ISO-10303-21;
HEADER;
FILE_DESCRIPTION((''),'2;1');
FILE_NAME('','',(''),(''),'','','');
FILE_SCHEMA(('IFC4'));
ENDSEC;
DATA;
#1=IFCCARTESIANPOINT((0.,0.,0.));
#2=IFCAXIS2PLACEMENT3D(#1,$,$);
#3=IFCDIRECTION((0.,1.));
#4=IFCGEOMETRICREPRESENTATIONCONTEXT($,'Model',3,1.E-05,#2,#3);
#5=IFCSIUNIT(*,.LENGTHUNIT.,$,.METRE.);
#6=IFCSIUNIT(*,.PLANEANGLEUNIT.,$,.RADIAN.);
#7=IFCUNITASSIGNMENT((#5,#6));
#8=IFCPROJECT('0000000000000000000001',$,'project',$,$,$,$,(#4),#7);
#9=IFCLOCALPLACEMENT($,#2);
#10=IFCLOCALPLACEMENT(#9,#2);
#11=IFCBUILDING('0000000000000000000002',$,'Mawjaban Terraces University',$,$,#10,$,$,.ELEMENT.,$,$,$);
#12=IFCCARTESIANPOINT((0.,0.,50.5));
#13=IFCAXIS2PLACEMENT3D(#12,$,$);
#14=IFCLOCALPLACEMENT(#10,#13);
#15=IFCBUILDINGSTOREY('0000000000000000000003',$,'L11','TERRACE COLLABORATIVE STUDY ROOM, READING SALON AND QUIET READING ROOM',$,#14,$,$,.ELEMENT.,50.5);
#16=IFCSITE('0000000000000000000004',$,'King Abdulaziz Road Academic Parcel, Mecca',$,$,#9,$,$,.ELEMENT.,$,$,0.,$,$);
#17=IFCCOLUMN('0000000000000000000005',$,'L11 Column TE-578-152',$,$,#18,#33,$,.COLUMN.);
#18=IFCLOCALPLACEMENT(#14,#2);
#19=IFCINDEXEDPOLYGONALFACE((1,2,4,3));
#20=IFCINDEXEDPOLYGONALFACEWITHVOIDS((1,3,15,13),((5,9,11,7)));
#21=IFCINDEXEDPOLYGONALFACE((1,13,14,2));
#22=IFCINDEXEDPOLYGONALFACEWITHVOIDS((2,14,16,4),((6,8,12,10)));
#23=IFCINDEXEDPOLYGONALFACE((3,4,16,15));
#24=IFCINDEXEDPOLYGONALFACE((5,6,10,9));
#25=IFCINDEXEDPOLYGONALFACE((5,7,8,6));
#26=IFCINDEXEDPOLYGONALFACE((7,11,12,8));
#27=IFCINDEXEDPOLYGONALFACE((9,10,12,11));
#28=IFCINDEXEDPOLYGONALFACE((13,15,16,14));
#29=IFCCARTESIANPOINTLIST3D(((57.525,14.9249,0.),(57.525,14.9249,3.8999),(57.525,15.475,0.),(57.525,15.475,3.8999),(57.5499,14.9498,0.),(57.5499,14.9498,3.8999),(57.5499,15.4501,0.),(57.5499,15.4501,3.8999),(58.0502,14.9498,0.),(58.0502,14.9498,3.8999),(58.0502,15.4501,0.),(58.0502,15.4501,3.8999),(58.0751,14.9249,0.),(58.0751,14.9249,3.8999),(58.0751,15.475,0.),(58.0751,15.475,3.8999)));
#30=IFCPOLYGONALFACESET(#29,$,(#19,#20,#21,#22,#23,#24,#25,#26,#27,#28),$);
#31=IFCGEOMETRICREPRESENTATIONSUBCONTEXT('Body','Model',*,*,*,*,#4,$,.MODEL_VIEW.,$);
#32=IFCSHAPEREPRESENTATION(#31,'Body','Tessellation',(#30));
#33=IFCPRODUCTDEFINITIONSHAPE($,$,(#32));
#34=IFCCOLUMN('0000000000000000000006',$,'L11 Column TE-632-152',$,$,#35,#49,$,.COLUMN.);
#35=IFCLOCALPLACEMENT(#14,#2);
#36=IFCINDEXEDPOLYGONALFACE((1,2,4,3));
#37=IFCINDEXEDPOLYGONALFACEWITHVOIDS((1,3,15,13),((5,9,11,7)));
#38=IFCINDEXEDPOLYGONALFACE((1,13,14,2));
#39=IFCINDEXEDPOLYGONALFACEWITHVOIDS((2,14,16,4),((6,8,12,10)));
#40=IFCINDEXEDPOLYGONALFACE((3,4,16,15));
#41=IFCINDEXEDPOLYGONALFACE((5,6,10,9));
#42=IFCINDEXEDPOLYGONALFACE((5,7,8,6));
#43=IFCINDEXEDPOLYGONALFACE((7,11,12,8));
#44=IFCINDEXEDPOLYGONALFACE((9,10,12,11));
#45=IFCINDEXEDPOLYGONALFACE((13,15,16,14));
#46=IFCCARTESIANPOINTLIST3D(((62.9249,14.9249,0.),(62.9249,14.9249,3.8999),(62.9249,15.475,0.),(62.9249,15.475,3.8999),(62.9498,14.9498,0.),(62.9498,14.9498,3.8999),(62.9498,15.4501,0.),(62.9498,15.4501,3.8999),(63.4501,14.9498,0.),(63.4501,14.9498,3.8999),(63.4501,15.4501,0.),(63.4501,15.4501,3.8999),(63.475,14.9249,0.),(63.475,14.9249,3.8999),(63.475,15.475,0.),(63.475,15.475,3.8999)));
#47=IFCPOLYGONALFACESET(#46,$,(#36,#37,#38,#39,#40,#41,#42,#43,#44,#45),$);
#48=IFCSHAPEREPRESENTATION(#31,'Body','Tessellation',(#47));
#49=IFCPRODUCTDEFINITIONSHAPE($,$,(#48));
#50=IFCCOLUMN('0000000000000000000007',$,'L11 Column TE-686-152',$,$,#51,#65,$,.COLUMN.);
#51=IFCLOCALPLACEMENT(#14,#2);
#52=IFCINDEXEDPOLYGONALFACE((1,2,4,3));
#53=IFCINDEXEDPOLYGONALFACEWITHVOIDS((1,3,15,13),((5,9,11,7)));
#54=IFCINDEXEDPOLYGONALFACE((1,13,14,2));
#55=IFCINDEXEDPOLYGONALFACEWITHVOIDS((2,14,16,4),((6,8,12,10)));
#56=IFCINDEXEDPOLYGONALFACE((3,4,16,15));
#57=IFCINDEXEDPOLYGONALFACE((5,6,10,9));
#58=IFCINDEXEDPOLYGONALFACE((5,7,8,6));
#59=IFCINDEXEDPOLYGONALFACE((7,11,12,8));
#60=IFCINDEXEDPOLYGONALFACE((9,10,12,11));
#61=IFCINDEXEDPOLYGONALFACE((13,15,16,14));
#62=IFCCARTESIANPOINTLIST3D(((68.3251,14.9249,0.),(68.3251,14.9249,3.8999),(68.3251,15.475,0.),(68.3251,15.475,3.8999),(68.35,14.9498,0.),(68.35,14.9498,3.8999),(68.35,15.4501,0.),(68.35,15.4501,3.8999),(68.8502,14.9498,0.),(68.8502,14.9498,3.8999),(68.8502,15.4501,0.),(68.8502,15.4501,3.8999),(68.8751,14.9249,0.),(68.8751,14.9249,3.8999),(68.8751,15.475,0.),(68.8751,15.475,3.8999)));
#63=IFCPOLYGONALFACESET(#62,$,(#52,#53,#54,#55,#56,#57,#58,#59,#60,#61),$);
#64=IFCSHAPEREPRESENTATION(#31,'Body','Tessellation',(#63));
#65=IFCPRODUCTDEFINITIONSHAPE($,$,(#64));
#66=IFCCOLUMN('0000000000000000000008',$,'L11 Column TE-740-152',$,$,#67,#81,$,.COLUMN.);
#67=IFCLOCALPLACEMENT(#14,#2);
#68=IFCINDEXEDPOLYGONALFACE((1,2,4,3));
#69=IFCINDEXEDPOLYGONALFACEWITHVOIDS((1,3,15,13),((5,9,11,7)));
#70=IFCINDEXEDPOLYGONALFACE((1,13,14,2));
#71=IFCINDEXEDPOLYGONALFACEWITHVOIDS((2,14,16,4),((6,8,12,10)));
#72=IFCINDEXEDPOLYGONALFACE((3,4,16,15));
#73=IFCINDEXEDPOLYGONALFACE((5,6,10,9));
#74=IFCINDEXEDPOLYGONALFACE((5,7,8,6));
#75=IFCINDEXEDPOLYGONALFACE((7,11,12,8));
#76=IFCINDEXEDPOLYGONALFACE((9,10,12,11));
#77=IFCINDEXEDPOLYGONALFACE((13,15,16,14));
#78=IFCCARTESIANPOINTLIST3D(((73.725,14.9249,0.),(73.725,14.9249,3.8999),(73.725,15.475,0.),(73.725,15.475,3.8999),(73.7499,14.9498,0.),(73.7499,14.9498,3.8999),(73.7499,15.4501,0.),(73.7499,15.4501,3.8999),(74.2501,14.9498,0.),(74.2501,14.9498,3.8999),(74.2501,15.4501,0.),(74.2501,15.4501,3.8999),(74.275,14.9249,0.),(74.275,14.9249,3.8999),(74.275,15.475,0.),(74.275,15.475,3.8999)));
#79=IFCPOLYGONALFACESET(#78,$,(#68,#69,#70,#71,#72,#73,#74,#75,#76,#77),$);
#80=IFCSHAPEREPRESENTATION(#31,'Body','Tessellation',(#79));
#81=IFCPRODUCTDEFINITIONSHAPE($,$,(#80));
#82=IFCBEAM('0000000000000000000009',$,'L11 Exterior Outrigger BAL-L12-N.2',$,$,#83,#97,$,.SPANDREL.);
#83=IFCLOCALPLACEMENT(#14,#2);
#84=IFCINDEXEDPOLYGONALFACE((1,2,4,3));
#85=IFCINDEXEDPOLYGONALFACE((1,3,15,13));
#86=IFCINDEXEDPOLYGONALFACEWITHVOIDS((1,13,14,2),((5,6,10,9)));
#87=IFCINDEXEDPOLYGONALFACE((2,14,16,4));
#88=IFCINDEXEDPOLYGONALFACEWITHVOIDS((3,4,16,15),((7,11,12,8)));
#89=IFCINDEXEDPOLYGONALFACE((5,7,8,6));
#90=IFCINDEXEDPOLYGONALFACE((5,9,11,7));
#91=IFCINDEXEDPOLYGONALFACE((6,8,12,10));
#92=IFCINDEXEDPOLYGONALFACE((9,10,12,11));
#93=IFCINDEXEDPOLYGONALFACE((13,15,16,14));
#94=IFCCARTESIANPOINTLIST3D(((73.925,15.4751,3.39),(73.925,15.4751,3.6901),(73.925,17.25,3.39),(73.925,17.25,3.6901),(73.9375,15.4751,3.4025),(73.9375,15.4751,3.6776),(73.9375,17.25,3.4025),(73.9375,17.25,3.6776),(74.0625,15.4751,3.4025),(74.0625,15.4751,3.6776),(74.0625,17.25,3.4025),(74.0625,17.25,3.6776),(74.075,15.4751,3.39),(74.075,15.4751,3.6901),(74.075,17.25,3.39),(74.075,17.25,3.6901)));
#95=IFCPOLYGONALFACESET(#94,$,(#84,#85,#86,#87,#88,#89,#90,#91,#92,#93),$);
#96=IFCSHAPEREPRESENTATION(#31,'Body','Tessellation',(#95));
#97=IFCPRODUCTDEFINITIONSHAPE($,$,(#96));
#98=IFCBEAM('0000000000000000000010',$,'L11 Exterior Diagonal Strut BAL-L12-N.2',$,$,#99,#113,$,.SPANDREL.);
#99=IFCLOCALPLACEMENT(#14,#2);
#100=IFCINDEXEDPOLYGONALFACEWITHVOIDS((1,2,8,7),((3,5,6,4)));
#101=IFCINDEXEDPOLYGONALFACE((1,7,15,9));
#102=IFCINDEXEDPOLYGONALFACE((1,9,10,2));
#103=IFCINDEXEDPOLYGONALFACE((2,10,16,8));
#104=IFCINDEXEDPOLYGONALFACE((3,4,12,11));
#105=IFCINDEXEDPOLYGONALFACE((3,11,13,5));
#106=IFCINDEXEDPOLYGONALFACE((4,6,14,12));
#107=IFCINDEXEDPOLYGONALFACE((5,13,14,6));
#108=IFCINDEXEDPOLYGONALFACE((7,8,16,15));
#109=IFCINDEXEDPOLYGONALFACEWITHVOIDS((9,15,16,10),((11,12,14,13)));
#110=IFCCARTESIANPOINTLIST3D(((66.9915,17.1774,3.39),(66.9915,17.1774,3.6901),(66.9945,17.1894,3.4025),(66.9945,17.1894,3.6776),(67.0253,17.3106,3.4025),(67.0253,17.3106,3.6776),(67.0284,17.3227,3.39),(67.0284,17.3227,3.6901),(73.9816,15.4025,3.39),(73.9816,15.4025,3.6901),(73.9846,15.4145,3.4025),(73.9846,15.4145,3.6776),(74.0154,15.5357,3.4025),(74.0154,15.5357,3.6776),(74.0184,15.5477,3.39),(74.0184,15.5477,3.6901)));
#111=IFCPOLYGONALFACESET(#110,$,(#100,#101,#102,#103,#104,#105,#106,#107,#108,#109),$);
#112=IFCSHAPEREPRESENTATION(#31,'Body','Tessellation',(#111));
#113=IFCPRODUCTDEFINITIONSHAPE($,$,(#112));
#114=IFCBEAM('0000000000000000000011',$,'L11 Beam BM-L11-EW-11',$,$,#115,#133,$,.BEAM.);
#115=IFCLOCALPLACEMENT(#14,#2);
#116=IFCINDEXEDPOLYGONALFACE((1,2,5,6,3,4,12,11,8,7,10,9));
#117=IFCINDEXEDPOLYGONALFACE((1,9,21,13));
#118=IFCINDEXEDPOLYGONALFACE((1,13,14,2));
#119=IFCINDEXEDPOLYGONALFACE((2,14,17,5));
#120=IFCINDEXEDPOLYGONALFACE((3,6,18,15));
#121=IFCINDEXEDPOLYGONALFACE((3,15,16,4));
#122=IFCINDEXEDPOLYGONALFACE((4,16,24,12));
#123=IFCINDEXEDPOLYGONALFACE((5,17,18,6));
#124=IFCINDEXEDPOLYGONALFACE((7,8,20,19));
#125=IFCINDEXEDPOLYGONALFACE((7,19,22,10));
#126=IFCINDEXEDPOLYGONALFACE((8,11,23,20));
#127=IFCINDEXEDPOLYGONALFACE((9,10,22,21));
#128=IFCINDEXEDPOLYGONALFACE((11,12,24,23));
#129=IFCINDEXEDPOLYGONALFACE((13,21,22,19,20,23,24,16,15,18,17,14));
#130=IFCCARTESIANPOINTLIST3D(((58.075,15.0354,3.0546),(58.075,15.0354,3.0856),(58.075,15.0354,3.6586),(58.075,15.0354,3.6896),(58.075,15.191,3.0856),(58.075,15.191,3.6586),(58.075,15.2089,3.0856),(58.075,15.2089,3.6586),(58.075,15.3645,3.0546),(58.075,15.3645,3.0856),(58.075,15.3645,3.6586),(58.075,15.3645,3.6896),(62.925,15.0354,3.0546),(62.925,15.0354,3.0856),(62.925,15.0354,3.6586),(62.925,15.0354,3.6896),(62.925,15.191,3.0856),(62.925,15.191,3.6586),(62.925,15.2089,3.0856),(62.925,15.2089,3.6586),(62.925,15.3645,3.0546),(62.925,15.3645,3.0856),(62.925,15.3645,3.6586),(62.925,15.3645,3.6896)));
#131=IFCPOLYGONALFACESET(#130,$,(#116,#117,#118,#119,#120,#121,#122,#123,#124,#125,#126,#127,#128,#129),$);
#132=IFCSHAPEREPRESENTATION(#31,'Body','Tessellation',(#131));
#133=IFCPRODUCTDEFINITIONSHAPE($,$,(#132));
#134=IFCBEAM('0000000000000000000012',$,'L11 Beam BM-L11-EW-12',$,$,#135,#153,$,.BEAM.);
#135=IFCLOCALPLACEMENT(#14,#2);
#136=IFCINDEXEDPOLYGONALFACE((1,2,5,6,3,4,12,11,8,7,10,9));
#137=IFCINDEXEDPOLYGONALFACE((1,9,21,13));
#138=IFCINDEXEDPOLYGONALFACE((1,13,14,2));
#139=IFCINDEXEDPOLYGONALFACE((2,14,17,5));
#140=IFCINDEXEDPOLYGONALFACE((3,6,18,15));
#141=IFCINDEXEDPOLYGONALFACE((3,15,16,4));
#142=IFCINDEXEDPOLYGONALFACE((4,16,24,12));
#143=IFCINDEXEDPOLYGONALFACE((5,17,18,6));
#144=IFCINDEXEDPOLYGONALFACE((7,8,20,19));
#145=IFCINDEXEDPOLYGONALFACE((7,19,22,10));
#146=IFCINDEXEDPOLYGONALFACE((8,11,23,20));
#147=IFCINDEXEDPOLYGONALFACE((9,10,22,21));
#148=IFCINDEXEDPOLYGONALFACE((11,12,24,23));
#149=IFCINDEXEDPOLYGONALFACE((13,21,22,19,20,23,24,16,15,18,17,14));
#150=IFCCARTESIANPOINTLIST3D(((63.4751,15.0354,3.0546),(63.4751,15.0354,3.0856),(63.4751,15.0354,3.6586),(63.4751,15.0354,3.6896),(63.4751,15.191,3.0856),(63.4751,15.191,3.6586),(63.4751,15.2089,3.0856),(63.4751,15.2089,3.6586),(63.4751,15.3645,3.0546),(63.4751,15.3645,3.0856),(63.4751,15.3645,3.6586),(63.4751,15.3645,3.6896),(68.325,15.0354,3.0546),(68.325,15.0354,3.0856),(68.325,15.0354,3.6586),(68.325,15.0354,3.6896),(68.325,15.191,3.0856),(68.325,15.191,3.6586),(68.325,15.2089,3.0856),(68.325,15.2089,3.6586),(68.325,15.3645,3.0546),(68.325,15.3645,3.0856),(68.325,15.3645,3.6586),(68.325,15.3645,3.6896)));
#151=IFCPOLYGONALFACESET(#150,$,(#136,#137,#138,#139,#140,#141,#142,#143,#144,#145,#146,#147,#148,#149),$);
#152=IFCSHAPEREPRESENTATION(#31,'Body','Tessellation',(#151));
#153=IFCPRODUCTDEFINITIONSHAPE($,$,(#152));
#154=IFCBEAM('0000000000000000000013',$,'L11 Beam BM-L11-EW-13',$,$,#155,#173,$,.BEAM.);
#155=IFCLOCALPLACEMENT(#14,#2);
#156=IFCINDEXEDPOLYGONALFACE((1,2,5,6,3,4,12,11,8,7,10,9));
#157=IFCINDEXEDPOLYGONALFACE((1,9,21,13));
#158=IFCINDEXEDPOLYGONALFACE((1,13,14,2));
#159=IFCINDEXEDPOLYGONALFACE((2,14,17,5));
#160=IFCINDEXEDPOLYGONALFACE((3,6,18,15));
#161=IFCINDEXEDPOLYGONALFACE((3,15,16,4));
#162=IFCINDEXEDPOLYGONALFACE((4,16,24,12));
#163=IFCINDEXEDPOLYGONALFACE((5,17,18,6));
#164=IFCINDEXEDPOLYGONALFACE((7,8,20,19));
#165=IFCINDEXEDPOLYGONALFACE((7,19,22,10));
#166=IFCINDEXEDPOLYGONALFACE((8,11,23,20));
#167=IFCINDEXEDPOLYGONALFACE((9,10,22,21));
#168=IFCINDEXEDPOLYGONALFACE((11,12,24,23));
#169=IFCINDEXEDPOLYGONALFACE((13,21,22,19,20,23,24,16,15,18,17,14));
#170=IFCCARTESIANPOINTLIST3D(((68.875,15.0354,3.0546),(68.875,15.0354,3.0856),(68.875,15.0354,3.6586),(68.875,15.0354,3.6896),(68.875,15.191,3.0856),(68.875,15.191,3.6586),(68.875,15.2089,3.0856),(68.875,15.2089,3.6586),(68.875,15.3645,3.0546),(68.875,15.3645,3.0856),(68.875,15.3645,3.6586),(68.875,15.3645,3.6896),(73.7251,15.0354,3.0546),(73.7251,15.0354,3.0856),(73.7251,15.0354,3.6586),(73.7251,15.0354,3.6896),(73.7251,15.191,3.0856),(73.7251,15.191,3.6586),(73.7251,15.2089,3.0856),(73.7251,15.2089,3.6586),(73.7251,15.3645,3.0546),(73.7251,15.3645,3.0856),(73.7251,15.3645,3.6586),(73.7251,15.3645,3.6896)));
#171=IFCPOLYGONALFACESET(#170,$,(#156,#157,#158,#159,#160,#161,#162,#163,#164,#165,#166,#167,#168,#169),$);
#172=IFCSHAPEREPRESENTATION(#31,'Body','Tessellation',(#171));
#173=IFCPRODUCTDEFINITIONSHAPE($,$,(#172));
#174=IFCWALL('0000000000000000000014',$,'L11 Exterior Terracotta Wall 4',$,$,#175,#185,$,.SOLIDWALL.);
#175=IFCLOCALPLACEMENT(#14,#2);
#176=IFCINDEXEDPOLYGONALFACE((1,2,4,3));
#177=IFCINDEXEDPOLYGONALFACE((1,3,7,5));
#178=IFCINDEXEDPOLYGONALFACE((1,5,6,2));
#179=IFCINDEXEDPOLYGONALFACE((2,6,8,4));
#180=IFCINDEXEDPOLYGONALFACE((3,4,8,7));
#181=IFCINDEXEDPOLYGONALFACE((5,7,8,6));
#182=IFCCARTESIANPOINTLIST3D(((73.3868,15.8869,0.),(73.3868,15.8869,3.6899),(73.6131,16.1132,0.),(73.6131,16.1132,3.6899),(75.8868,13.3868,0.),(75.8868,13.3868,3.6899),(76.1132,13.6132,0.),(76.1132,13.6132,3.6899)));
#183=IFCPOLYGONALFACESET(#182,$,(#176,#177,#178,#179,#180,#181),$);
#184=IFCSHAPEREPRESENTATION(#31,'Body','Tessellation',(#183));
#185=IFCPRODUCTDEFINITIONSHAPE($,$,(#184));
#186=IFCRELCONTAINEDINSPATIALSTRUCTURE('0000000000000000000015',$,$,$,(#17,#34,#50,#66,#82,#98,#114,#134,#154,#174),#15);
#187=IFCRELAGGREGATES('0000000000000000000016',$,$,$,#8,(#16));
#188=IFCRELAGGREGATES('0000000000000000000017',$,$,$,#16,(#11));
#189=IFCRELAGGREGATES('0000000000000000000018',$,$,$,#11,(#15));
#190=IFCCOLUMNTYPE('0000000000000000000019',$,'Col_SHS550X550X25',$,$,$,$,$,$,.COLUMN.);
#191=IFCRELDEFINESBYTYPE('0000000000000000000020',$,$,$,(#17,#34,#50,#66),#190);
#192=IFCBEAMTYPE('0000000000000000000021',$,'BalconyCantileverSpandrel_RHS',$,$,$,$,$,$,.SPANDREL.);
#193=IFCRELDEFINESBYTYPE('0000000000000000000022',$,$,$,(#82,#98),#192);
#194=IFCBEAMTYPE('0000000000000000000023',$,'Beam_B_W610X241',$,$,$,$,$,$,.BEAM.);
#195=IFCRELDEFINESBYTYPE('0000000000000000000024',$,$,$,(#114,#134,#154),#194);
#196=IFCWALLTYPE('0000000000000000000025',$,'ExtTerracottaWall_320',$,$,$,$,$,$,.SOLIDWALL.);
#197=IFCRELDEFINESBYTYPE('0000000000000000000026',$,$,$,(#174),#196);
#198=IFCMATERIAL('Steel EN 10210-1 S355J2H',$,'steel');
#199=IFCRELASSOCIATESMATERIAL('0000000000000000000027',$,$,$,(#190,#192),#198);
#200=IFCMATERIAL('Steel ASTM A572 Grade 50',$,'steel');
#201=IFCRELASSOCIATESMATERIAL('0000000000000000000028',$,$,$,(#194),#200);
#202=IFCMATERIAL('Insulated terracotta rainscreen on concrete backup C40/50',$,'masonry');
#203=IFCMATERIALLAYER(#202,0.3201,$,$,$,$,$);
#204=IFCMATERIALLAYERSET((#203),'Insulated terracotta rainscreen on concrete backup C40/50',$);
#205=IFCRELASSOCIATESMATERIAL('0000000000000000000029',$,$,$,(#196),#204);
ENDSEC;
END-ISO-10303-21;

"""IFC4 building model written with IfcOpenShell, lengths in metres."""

from ifc_helpers import new_model, si_unit, direction, frame, frame_2d, origin, origin_2d, place, context, subcontext, project, spatial, rectangle, hollow_rectangle, i_section, extrude, material, layer, layer_set, material_profile, profile_set, type_object, element, save


model = new_model("IFC4")

# Units and contexts
model_context = context("Model", 3, precision=1e-05, world=origin(), true_north=direction((0.0, 1.0)))
body_context = subcontext(model_context, "Body", "Model", "MODEL_VIEW")
ifc_project = project(units=[si_unit("LENGTHUNIT", "METRE"), si_unit("PLANEANGLEUNIT", "RADIAN")], contexts=[model_context])

# Site, building, storey
site_placement = place(None, origin())
site = spatial("IfcSite", under=ifc_project, at=site_placement, Name="King Abdulaziz Road Academic Parcel, Mecca", CompositionType="ELEMENT", RefElevation=0.0)
building_placement = place(site_placement, origin())
building = spatial("IfcBuilding", under=site, at=building_placement, Name="Mawjaban Terraces University", CompositionType="ELEMENT")
storey_placement = place(building_placement, frame((0.0, 0.0, 50.5)))
storey = spatial("IfcBuildingStorey", under=building, at=storey_placement, Name="L11", Description="TERRACE COLLABORATIVE STUDY ROOM, READING SALON AND QUIET READING ROOM", CompositionType="ELEMENT", Elevation=50.5)

# Columns
ifc_material_1 = material(Name="Steel EN 10210-1 S355J2H", Category="steel")
ifc_material_profile_1 = material_profile(ifc_material_1, hollow_rectangle(XDim=0.55, YDim=0.55, WallThickness=0.0249, at=origin_2d()), Name="SHS550X550X25")
ifc_profile_set_1 = profile_set([ifc_material_profile_1], Name="Steel EN 10210-1 S355J2H")
column_type = type_object("IfcColumnType", Name="Col_SHS550X550X25", PredefinedType="COLUMN", material=ifc_profile_set_1)
for number, where, z_axis, x_axis, name in (
    (1, (57.8, 15.2, 0.0), (0.0, 0.0, 1.0), (1.0, 0.0, 0.0), "L11 Column TE-578-152"),
    (2, (63.2, 15.2, 0.0), (0.0, 0.0, 1.0), (1.0, 0.0, 0.0), "L11 Column TE-632-152"),
    (3, (68.6001, 15.2, 0.0), (0.0, 0.0, 1.0), (1.0, 0.0, 0.0), "L11 Column TE-686-152"),
    (4, (74.0, 15.2, 0.0), (0.0, 0.0, 1.0), (1.0, 0.0, 0.0), "L11 Column TE-740-152"),
):
    element("IfcColumn", number, at=place(storey_placement, frame(where, z_axis=z_axis, x_axis=x_axis)), inside=storey, type_object=column_type, Name=name, PredefinedType="COLUMN", context=body_context, shape_type="SweptSolid", body=[
        extrude(hollow_rectangle(XDim=0.55, YDim=0.55, WallThickness=0.0249, at=origin_2d()), origin(), (0.0, 0.0, 1.0), 3.8999),
    ])

# Beams
ifc_material_profile_2 = material_profile(ifc_material_1, hollow_rectangle(XDim=0.1499, YDim=0.3, WallThickness=0.0125, at=origin_2d()), Name="RHS300X150X12.5")
ifc_profile_set_2 = profile_set([ifc_material_profile_2], Name="Steel EN 10210-1 S355J2H")
beam_type_1 = type_object("IfcBeamType", Name="BalconyCantileverSpandrel_RHS", PredefinedType="SPANDREL", material=ifc_profile_set_2)
beam_1_placement = place(storey_placement, frame((74.0, 15.4751, 3.54), z_axis=(0.0, 1.0, 0.0), x_axis=(-1.0, 0.0, 0.0)))
element("IfcBeam", 5, at=beam_1_placement, inside=storey, type_object=beam_type_1, Name="L11 Exterior Outrigger BAL-L12-N.2", PredefinedType="SPANDREL", context=body_context, shape_type="SweptSolid", body=[
    extrude(hollow_rectangle(XDim=0.1499, YDim=0.3, WallThickness=0.0125, at=origin_2d()), origin(), (0.0, 0.0, 1.0), 1.7749),
])
beam_2_placement = place(storey_placement, frame((74.0, 15.4751, 3.54), z_axis=(-0.969242, 0.24611, 0.0), x_axis=(-0.24611, -0.969242, 0.0)))
element("IfcBeam", 6, at=beam_2_placement, inside=storey, type_object=beam_type_1, Name="L11 Exterior Diagonal Strut BAL-L12-N.2", PredefinedType="SPANDREL", context=body_context, shape_type="SweptSolid", body=[
    extrude(hollow_rectangle(XDim=0.1499, YDim=0.3, WallThickness=0.0125, at=origin_2d()), origin(), (0.0, 0.0, 1.0), 7.2119),
])
ifc_material_2 = material(Name="Steel ASTM A572 Grade 50", Category="steel")
ifc_material_profile_3 = material_profile(ifc_material_2, i_section(OverallWidth=0.3291, OverallDepth=0.635, WebThickness=0.0178, FlangeThickness=0.031, at=origin_2d()), Name="W610X241")
ifc_profile_set_3 = profile_set([ifc_material_profile_3], Name="Steel ASTM A572 Grade 50")
beam_type_2 = type_object("IfcBeamType", Name="Beam_B_W610X241", PredefinedType="BEAM", material=ifc_profile_set_3)
beam_3_placement = place(storey_placement, frame((58.075, 15.2, 3.3721), z_axis=(1.0, 0.0, 0.0), x_axis=(0.0, 1.0, 0.0)))
element("IfcBeam", 7, at=beam_3_placement, inside=storey, type_object=beam_type_2, Name="L11 Beam BM-L11-EW-11", PredefinedType="BEAM", context=body_context, shape_type="SweptSolid", body=[
    extrude(i_section(OverallWidth=0.3291, OverallDepth=0.635, WebThickness=0.0178, FlangeThickness=0.031, at=origin_2d()), origin(), (0.0, 0.0, 1.0), 4.8501),
])
beam_4_placement = place(storey_placement, frame((63.4751, 15.2, 3.3721), z_axis=(1.0, 0.0, 0.0), x_axis=(0.0, 1.0, 0.0)))
element("IfcBeam", 8, at=beam_4_placement, inside=storey, type_object=beam_type_2, Name="L11 Beam BM-L11-EW-12", PredefinedType="BEAM", context=body_context, shape_type="SweptSolid", body=[
    extrude(i_section(OverallWidth=0.3291, OverallDepth=0.635, WebThickness=0.0178, FlangeThickness=0.031, at=origin_2d()), origin(), (0.0, 0.0, 1.0), 4.8499),
])
beam_5_placement = place(storey_placement, frame((68.875, 15.2, 3.3721), z_axis=(1.0, 0.0, 0.0), x_axis=(0.0, 1.0, 0.0)))
element("IfcBeam", 9, at=beam_5_placement, inside=storey, type_object=beam_type_2, Name="L11 Beam BM-L11-EW-13", PredefinedType="BEAM", context=body_context, shape_type="SweptSolid", body=[
    extrude(i_section(OverallWidth=0.3291, OverallDepth=0.635, WebThickness=0.0178, FlangeThickness=0.031, at=origin_2d()), origin(), (0.0, 0.0, 1.0), 4.8501),
])

# Wall
ifc_material_3 = material(Name="Insulated terracotta rainscreen on concrete backup C40/50", Category="masonry")
ifc_layer_1 = layer(ifc_material_3, 0.3201)
ifc_layer_set_1 = layer_set([ifc_layer_1], Name="Insulated terracotta rainscreen on concrete backup C40/50")
wall_type = type_object("IfcWallType", Name="ExtTerracottaWall_320", PredefinedType="SOLIDWALL", material=ifc_layer_set_1)
wall_1_placement = place(storey_placement, frame((76.0, 13.5, 0.0), z_axis=(0.0, 0.0, 1.0), x_axis=(-0.707107, 0.707107, 0.0)))
element("IfcWall", 10, at=wall_1_placement, inside=storey, type_object=wall_type, Name="L11 Exterior Terracotta Wall 4", PredefinedType="SOLIDWALL", context=body_context, shape_type="SweptSolid", body=[
    extrude(rectangle(XDim=3.5356, YDim=0.3201, at=frame_2d((1.7678, 0.0))), origin(), (0.0, 0.0, 1.0), 3.6899),
])

save(model, "model.ifc")
